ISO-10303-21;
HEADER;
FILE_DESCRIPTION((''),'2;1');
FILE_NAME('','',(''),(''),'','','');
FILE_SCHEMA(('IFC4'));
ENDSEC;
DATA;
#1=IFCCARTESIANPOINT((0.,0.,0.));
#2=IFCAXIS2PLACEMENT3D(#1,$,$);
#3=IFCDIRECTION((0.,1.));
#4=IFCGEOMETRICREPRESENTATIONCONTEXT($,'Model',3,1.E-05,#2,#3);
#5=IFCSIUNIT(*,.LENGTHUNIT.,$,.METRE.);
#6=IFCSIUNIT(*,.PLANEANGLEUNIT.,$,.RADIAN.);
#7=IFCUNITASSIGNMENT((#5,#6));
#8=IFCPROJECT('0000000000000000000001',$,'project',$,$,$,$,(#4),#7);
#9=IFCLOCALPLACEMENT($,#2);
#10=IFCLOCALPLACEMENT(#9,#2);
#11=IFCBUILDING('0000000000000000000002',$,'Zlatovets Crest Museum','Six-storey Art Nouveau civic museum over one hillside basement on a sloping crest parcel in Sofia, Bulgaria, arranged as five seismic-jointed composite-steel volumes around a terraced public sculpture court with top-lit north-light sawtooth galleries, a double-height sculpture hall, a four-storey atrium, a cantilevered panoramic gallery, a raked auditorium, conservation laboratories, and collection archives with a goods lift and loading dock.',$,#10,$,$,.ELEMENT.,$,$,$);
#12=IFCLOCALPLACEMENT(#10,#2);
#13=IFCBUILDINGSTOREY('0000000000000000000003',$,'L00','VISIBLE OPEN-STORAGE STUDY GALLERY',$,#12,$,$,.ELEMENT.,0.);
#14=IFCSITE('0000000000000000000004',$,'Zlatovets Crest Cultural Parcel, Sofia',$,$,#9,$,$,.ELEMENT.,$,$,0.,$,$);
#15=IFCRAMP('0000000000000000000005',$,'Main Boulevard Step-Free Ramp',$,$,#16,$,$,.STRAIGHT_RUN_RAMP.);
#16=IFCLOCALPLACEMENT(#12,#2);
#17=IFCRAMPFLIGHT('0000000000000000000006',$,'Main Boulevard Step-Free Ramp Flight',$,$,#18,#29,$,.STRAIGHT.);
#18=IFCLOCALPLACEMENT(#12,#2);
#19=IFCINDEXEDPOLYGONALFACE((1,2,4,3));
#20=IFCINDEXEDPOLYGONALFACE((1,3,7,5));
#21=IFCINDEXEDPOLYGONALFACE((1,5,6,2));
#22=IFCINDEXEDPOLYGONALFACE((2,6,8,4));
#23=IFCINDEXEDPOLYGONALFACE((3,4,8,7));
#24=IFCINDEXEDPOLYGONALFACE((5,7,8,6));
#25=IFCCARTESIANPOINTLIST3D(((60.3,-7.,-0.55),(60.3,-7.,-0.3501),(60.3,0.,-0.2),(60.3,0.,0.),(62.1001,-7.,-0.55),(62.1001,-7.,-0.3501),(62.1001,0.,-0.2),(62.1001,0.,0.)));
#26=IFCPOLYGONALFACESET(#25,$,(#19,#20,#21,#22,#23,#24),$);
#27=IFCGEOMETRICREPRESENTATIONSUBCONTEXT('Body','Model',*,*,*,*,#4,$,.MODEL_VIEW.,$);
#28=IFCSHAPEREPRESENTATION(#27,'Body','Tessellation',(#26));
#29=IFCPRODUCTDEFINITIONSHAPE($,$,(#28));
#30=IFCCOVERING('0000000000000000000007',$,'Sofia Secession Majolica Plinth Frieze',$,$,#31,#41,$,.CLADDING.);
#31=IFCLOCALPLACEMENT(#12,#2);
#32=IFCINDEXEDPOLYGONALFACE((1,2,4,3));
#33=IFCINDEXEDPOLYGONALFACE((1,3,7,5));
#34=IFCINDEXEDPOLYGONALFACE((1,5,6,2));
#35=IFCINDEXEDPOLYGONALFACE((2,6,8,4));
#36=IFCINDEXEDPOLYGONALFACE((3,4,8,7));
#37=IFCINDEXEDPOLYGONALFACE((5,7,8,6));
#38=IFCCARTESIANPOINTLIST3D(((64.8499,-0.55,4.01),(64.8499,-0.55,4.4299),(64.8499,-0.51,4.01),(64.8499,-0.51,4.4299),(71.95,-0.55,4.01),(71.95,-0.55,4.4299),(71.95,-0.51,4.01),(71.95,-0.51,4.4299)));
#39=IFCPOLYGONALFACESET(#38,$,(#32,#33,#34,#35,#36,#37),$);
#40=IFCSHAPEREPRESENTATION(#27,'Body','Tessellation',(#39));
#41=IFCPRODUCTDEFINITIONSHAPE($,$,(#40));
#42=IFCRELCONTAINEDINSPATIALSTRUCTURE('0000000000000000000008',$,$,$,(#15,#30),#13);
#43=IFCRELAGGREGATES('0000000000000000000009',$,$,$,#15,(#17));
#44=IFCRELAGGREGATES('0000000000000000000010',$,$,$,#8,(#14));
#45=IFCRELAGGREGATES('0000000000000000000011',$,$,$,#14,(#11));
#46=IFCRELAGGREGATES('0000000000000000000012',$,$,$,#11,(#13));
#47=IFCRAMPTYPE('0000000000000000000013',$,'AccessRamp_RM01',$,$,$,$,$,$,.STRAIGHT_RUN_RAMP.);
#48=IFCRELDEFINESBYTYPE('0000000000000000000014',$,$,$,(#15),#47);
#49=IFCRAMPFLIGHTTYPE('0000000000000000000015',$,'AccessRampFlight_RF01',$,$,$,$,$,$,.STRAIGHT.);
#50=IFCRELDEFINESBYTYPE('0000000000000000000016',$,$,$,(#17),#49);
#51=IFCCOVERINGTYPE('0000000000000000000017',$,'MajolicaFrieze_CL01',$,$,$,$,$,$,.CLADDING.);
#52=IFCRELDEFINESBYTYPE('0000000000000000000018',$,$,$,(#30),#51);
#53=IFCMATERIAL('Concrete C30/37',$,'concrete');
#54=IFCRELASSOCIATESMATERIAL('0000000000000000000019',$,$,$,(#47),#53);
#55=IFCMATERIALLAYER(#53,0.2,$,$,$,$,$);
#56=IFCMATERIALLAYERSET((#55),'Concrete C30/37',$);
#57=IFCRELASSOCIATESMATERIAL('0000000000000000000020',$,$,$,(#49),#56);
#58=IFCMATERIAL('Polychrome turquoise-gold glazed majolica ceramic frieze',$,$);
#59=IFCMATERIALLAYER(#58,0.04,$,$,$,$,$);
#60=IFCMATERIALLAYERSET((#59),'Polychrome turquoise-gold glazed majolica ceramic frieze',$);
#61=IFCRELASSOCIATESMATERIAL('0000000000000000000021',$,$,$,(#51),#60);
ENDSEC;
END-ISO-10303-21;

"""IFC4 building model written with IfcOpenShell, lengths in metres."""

from ifc_helpers import new_model, si_unit, direction, frame, origin, origin_2d, place, context, subcontext, project, spatial, polyline, rectangle, outline, extrude, material, layer, layer_set, type_object, element, aggregate, save


model = new_model("IFC4")

# Units and contexts
model_context = context("Model", 3, precision=1e-05, world=origin(), true_north=direction((0.0, 1.0)))
body_context = subcontext(model_context, "Body", "Model", "MODEL_VIEW")
ifc_project = project(units=[si_unit("LENGTHUNIT", "METRE"), si_unit("PLANEANGLEUNIT", "RADIAN")], contexts=[model_context])

# Site, building, storey
site_placement = place(None, origin())
site = spatial("IfcSite", under=ifc_project, at=site_placement, Name="Zlatovets Crest Cultural Parcel, Sofia", CompositionType="ELEMENT", RefElevation=0.0)
building_placement = place(site_placement, origin())
building = spatial("IfcBuilding", under=site, at=building_placement, Name="Zlatovets Crest Museum", Description="Six-storey Art Nouveau civic museum over one hillside basement on a sloping crest parcel in Sofia, Bulgaria, arranged as five seismic-jointed composite-steel volumes around a terraced public sculpture court with top-lit north-light sawtooth galleries, a double-height sculpture hall, a four-storey atrium, a cantilevered panoramic gallery, a raked auditorium, conservation laboratories, and collection archives with a goods lift and loading dock.", CompositionType="ELEMENT")
storey_placement = place(building_placement, origin())
storey = spatial("IfcBuildingStorey", under=building, at=storey_placement, Name="L00", Description="VISIBLE OPEN-STORAGE STUDY GALLERY", CompositionType="ELEMENT", Elevation=0.0)

# Ramp, ramp flight
ifc_material_1 = material(Name="Concrete C30/37", Category="concrete")
ramp_type = type_object("IfcRampType", Name="AccessRamp_RM01", PredefinedType="STRAIGHT_RUN_RAMP", material=ifc_material_1)
ramp_placement = place(storey_placement, origin())
ramp = element("IfcRamp", 1, at=ramp_placement, inside=storey, type_object=ramp_type, Name="Main Boulevard Step-Free Ramp", PredefinedType="STRAIGHT_RUN_RAMP")
ifc_layer_1 = layer(ifc_material_1, 0.2)
ifc_layer_set_1 = layer_set([ifc_layer_1], Name="Concrete C30/37")
ramp_flight_type = type_object("IfcRampFlightType", Name="AccessRampFlight_RF01", PredefinedType="STRAIGHT", material=ifc_layer_set_1)
ramp_flight_placement = place(storey_placement, frame((61.2, -7.0, -0.3501), z_axis=(0.0, 0.0, 1.0), x_axis=(0.0, 1.0, 0.0)))
ramp_flight = element("IfcRampFlight", 2, at=ramp_flight_placement, type_object=ramp_flight_type, Name="Main Boulevard Step-Free Ramp Flight", PredefinedType="STRAIGHT", context=body_context, shape_type="SweptSolid", body=[
    extrude(outline(polyline([(0.0, 0.0), (7.0, 0.3501), (7.0, 0.1501), (0.0, -0.2), (0.0, 0.0)])), frame((0.0, 0.8999, 0.0), z_axis=(0.0, -1.0, 0.0), x_axis=(1.0, 0.0, 0.0)), (0.0, 0.0, 1.0), 1.8),
])
aggregate(ramp, [ramp_flight])

# Covering
ifc_material_2 = material(Name="Polychrome turquoise-gold glazed majolica ceramic frieze")
ifc_layer_2 = layer(ifc_material_2, 0.04)
ifc_layer_set_2 = layer_set([ifc_layer_2], Name="Polychrome turquoise-gold glazed majolica ceramic frieze")
covering_type = type_object("IfcCoveringType", Name="MajolicaFrieze_CL01", PredefinedType="CLADDING", material=ifc_layer_set_2)
covering_placement = place(storey_placement, frame((68.3999, -0.53, 4.01), z_axis=(0.0, 0.0, 1.0), x_axis=(1.0, 0.0, 0.0)))
element("IfcCovering", 3, at=covering_placement, inside=storey, type_object=covering_type, Name="Sofia Secession Majolica Plinth Frieze", PredefinedType="CLADDING", context=body_context, shape_type="SweptSolid", body=[
    extrude(rectangle(XDim=7.1001, YDim=0.04, at=origin_2d()), origin(), (0.0, 0.0, 1.0), 0.4199),
])

save(model, "model.ifc")
